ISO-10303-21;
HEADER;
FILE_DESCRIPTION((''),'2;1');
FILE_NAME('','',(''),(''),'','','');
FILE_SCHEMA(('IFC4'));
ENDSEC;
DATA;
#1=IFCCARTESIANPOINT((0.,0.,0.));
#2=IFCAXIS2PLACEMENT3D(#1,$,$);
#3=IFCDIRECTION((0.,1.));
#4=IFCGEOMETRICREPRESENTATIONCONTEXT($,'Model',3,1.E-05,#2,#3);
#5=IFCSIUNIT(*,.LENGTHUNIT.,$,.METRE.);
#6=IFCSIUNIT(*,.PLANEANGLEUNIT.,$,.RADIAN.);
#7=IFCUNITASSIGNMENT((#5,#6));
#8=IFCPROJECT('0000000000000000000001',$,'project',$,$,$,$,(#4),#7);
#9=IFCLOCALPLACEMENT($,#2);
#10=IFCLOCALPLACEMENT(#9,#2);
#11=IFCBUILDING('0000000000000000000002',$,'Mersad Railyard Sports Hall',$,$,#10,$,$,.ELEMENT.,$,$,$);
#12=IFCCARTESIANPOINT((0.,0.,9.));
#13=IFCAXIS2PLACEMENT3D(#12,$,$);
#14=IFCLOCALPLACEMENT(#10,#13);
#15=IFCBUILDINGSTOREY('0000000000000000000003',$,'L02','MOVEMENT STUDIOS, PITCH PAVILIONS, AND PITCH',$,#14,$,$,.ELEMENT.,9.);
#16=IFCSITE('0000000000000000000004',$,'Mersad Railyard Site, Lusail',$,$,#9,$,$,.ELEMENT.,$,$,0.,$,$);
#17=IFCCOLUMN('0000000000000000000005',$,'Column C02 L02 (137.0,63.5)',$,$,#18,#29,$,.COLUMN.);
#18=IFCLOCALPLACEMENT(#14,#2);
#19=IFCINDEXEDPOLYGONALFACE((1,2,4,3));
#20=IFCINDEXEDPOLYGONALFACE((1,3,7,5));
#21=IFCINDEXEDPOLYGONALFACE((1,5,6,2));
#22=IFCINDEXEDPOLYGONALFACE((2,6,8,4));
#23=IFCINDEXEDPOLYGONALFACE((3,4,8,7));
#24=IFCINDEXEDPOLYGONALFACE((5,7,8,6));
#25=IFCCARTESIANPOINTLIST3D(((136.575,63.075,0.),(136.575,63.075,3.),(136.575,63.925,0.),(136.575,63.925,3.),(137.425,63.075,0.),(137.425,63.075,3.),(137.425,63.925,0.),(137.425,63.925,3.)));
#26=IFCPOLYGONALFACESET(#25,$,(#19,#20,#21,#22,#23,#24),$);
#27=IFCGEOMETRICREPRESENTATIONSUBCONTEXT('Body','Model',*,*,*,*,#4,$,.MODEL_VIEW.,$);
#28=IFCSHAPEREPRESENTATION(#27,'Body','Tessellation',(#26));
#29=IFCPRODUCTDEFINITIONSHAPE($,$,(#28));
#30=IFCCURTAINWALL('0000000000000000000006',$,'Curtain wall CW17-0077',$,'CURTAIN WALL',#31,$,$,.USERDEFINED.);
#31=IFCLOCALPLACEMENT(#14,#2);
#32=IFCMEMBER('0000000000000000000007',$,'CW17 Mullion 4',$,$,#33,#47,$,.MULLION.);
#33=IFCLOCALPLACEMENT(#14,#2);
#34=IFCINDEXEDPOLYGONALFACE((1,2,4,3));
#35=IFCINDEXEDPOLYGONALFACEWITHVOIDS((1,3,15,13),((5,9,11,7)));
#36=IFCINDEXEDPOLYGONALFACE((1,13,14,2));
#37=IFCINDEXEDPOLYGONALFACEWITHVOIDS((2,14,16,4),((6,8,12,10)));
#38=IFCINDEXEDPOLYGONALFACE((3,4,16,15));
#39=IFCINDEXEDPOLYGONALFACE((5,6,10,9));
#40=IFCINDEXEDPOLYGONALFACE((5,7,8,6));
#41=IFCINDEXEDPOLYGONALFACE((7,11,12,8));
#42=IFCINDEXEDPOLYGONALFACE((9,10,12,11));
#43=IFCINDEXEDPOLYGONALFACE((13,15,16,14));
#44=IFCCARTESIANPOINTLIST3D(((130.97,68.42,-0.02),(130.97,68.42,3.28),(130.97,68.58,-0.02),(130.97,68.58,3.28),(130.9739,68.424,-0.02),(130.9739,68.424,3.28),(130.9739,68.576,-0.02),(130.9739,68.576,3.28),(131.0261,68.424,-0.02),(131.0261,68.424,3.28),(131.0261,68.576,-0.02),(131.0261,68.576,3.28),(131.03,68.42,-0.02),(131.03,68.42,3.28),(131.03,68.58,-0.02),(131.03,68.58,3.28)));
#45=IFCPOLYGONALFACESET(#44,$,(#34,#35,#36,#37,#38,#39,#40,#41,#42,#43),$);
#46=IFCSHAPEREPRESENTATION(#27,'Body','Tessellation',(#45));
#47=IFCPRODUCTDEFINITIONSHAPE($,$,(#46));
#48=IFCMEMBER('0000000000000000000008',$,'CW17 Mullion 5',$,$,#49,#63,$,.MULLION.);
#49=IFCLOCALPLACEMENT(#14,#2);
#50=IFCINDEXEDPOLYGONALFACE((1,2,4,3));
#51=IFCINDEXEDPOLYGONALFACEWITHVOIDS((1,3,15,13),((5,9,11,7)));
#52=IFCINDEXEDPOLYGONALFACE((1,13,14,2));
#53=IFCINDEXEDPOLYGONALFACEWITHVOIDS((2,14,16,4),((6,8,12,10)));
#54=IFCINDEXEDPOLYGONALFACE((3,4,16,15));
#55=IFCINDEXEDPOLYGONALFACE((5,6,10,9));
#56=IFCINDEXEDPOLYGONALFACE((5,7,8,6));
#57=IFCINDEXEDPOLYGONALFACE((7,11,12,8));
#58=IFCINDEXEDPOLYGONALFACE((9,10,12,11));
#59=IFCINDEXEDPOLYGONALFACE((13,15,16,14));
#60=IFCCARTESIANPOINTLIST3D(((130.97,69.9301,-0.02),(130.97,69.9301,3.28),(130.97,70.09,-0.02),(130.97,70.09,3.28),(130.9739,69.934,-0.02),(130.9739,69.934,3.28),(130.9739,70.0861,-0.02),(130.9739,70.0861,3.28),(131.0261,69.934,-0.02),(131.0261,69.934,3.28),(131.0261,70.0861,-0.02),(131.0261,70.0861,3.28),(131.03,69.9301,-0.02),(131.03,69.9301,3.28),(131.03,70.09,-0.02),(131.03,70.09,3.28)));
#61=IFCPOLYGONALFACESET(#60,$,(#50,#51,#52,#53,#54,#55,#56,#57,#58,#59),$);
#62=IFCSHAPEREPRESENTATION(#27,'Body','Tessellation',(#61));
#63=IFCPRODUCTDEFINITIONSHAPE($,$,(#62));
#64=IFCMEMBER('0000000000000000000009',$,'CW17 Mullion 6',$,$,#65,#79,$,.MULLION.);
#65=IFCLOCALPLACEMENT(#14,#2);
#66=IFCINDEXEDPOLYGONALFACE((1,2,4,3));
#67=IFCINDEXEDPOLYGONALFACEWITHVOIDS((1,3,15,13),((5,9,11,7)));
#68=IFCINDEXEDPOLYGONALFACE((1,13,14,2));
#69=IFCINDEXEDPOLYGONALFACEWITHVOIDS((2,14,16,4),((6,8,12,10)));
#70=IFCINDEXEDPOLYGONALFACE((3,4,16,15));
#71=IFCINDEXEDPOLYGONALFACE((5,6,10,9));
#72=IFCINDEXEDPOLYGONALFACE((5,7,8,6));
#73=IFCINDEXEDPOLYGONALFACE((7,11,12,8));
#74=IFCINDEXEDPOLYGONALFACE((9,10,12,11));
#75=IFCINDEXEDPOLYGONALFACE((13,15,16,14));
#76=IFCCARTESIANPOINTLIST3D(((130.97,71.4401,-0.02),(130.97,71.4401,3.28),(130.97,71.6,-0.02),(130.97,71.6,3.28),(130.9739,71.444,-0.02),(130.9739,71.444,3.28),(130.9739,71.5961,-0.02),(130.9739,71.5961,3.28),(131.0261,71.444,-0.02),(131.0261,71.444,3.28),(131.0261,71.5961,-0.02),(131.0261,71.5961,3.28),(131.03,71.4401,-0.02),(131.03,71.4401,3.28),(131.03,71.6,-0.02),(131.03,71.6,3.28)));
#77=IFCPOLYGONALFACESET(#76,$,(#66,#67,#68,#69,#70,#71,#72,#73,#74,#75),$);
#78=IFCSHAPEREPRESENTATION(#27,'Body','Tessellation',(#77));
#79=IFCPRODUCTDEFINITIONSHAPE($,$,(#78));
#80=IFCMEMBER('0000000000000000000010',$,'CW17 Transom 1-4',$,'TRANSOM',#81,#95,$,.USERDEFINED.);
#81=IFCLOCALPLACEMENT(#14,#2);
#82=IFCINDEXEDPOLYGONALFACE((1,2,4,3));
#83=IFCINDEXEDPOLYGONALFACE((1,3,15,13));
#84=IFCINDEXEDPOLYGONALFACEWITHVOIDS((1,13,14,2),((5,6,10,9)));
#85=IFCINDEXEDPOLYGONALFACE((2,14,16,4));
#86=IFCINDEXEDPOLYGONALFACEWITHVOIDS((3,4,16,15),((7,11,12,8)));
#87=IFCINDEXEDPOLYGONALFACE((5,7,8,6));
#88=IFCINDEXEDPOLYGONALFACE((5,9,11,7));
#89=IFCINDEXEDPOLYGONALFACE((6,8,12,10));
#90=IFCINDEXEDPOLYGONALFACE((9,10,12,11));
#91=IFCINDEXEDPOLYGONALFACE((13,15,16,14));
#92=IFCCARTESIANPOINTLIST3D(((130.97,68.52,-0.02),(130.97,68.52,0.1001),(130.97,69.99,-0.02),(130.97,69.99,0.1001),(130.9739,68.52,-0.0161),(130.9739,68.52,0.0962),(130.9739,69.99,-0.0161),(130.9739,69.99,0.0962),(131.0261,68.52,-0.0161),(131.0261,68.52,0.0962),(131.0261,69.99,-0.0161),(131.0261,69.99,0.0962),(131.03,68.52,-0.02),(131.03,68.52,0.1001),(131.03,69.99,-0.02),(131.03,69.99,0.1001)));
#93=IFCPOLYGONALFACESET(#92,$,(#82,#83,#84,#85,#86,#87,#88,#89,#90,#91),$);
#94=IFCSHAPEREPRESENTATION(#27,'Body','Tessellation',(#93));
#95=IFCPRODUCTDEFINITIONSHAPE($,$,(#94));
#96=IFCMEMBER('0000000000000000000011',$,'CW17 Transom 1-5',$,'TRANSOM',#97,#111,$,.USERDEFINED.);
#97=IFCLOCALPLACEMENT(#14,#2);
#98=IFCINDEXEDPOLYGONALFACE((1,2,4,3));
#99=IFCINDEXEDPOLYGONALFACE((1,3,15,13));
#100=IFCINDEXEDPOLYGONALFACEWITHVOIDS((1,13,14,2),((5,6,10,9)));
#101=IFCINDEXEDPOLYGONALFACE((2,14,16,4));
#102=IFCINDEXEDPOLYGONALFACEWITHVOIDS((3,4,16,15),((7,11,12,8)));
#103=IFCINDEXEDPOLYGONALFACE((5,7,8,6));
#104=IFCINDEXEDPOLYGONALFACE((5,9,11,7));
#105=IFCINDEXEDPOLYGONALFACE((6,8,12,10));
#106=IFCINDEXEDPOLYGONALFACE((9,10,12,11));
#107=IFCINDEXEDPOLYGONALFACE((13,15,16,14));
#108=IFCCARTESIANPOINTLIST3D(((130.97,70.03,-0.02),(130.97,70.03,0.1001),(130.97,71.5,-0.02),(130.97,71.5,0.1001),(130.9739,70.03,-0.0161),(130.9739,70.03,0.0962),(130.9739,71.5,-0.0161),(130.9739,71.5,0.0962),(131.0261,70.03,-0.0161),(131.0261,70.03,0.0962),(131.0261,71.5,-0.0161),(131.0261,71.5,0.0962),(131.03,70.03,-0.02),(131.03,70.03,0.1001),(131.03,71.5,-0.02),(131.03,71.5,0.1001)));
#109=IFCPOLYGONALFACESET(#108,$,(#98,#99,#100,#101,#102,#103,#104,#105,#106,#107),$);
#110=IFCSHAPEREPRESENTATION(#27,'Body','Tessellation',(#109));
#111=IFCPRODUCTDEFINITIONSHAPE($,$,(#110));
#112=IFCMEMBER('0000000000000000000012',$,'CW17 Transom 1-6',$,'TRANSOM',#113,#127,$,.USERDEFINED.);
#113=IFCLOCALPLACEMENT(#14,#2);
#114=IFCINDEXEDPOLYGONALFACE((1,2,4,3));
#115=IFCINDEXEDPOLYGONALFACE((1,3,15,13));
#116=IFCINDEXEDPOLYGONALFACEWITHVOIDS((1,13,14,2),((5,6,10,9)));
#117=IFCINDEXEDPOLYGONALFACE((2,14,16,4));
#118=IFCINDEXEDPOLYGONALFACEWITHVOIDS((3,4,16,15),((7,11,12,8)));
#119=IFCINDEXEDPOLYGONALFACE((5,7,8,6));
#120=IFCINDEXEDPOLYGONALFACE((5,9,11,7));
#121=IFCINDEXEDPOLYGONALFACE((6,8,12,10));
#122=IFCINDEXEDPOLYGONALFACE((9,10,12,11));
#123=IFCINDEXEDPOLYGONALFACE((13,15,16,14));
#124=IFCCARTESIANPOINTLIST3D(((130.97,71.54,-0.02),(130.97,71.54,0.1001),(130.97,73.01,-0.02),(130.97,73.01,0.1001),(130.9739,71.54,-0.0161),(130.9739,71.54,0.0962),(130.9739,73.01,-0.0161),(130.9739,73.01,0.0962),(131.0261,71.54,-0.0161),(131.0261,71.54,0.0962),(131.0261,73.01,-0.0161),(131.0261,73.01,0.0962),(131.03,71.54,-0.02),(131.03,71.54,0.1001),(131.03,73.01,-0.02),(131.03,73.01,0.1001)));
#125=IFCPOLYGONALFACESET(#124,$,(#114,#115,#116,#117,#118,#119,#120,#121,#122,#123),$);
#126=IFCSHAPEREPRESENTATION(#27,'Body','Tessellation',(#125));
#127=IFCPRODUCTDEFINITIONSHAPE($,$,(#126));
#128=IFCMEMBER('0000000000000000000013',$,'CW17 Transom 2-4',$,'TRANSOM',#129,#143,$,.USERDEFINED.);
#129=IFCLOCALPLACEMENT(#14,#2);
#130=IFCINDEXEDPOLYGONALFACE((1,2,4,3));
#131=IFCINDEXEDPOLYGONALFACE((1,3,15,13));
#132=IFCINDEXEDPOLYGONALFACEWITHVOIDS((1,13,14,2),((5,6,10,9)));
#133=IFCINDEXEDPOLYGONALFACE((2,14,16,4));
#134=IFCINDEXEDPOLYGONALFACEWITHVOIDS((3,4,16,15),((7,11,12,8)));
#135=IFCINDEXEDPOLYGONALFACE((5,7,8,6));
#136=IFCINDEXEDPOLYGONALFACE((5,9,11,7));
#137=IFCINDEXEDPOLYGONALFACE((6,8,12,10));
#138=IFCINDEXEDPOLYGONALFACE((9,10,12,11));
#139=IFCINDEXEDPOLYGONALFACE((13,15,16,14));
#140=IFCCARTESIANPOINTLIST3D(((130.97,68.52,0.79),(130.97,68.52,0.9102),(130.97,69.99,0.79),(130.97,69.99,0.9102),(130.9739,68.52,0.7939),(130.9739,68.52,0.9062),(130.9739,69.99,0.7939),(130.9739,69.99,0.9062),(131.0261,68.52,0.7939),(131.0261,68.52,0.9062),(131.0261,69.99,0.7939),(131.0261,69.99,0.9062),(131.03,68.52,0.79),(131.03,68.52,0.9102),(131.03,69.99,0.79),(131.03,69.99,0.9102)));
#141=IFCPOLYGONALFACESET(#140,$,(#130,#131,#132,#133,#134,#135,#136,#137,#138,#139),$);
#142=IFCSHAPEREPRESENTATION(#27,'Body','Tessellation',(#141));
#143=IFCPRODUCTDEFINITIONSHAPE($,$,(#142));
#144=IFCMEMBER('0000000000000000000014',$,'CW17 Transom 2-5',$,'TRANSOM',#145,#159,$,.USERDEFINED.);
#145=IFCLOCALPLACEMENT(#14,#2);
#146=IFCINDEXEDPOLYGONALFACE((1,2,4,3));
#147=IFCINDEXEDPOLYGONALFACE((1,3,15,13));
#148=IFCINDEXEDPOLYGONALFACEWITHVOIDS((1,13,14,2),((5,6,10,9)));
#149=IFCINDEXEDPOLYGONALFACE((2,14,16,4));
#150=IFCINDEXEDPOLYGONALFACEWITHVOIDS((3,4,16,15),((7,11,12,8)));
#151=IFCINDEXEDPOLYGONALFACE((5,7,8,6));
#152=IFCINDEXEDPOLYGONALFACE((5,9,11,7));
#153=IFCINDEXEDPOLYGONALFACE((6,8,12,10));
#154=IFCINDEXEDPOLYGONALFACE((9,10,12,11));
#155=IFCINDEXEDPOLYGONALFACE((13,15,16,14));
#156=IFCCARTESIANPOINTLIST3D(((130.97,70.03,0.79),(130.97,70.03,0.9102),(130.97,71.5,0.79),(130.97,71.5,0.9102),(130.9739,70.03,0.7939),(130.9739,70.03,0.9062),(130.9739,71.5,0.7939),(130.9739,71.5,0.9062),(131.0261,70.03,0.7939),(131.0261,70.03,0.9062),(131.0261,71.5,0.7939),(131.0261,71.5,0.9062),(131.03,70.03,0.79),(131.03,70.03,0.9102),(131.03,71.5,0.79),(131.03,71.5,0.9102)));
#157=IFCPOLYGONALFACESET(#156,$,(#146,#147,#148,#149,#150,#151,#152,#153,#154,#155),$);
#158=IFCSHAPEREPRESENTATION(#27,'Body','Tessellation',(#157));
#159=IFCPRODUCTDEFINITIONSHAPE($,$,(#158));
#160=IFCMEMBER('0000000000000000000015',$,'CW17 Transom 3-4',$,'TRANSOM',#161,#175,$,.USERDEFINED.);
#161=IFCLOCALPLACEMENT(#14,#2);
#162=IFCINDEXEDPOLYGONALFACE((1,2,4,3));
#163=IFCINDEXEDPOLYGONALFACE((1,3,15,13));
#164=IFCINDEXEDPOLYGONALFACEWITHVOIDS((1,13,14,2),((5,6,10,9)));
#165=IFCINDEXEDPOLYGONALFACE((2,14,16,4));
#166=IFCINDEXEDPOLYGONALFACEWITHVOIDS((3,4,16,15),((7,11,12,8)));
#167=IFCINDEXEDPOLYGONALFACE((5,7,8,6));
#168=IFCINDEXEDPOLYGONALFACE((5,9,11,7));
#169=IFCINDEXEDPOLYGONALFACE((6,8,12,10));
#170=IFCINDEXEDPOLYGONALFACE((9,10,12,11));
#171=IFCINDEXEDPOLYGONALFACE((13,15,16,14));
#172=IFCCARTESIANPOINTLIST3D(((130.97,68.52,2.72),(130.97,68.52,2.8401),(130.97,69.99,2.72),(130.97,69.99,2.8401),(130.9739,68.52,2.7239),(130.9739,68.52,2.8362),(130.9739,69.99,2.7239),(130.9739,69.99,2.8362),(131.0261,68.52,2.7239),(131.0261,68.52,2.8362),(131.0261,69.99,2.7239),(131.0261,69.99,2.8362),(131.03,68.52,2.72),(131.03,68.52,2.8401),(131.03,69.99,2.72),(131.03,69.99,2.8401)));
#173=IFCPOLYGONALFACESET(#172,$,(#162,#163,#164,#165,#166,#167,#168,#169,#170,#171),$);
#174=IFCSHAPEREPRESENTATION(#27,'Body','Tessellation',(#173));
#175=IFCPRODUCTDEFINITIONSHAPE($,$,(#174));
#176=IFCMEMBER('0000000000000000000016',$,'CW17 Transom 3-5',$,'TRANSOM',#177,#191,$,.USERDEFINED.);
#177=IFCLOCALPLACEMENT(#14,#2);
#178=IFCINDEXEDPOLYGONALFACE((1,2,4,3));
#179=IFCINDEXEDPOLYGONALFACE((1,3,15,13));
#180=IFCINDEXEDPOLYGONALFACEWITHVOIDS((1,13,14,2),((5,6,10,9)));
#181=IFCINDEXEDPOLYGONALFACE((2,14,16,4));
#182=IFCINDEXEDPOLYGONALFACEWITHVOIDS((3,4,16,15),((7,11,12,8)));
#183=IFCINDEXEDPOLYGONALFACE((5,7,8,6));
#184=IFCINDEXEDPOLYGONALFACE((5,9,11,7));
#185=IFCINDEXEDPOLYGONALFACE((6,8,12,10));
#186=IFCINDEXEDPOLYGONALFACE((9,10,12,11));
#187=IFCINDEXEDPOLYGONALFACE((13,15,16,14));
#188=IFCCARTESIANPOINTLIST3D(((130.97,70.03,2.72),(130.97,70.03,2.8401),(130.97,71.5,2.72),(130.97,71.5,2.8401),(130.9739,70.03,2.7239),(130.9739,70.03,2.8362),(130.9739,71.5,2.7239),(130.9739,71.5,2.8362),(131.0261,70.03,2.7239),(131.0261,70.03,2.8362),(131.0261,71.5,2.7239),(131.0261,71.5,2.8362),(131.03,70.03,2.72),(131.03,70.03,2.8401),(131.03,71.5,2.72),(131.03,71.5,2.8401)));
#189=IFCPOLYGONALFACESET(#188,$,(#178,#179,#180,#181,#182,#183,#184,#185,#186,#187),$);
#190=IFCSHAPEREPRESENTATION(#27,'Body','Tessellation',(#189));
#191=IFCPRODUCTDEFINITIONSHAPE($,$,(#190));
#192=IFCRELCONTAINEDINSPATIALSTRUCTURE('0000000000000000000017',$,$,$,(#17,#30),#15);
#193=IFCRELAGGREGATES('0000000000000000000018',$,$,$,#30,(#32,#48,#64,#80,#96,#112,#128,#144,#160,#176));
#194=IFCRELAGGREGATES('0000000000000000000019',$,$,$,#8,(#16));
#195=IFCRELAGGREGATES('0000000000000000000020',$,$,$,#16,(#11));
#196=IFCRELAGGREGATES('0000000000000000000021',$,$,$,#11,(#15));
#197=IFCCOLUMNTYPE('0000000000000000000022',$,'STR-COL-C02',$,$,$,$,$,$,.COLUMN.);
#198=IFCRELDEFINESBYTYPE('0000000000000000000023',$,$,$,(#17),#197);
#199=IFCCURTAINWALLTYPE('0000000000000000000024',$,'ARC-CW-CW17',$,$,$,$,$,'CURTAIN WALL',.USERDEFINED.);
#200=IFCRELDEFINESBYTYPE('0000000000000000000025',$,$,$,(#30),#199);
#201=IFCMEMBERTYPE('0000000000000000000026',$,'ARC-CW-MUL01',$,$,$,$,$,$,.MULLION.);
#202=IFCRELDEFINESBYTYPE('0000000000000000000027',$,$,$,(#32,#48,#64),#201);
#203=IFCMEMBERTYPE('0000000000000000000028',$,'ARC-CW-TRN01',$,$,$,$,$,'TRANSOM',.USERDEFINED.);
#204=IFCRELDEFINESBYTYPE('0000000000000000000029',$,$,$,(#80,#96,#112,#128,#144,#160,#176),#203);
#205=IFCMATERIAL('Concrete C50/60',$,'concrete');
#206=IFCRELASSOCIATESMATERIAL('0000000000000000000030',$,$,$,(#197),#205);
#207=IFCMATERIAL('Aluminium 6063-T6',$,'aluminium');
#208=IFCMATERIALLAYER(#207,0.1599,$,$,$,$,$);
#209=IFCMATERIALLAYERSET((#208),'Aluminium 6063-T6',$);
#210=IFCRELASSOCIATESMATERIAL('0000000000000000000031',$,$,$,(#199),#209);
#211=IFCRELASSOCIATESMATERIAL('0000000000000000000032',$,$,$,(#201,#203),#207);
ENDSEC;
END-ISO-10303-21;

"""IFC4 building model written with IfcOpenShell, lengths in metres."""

from ifc_helpers import new_model, si_unit, direction, frame, origin, origin_2d, place, context, subcontext, project, spatial, rectangle, hollow_rectangle, extrude, material, layer, layer_set, material_profile, profile_set, type_object, element, aggregate, save


model = new_model("IFC4")

# Units and contexts
model_context = context("Model", 3, precision=1e-05, world=origin(), true_north=direction((0.0, 1.0)))
body_context = subcontext(model_context, "Body", "Model", "MODEL_VIEW")
ifc_project = project(units=[si_unit("LENGTHUNIT", "METRE"), si_unit("PLANEANGLEUNIT", "RADIAN")], contexts=[model_context])

# Site, building, storey
site_placement = place(None, origin())
site = spatial("IfcSite", under=ifc_project, at=site_placement, Name="Mersad Railyard Site, Lusail", CompositionType="ELEMENT", RefElevation=0.0)
building_placement = place(site_placement, origin())
building = spatial("IfcBuilding", under=site, at=building_placement, Name="Mersad Railyard Sports Hall", CompositionType="ELEMENT")
storey_placement = place(building_placement, frame((0.0, 0.0, 9.0)))
storey = spatial("IfcBuildingStorey", under=building, at=storey_placement, Name="L02", Description="MOVEMENT STUDIOS, PITCH PAVILIONS, AND PITCH", CompositionType="ELEMENT", Elevation=9.0)

# Column
ifc_material_1 = material(Name="Concrete C50/60", Category="concrete")
ifc_material_profile_1 = material_profile(ifc_material_1, rectangle(XDim=0.8501, YDim=0.8501, at=origin_2d()), Name="RC 850x850")
ifc_profile_set_1 = profile_set([ifc_material_profile_1], Name="Concrete C50/60")
column_type = type_object("IfcColumnType", Name="STR-COL-C02", PredefinedType="COLUMN", material=ifc_profile_set_1)
column_placement = place(storey_placement, frame((137.0, 63.5, 0.0), z_axis=(0.0, 0.0, 1.0), x_axis=(1.0, 0.0, 0.0)))
element("IfcColumn", 1, at=column_placement, inside=storey, type_object=column_type, Name="Column C02 L02 (137.0,63.5)", PredefinedType="COLUMN", context=body_context, shape_type="SweptSolid", body=[
    extrude(rectangle(XDim=0.8501, YDim=0.8501, at=origin_2d()), origin(), (0.0, 0.0, 1.0), 3.0),
])

# Curtain wall, members
ifc_material_2 = material(Name="Aluminium 6063-T6", Category="aluminium")
ifc_layer_1 = layer(ifc_material_2, 0.1599)
ifc_layer_set_1 = layer_set([ifc_layer_1], Name="Aluminium 6063-T6")
curtain_wall_type = type_object("IfcCurtainWallType", Name="ARC-CW-CW17", ElementType="CURTAIN WALL", PredefinedType="USERDEFINED", material=ifc_layer_set_1)
curtain_wall_placement = place(storey_placement, origin())
curtain_wall = element("IfcCurtainWall", 2, at=curtain_wall_placement, inside=storey, type_object=curtain_wall_type, Name="Curtain wall CW17-0077", ObjectType="CURTAIN WALL", PredefinedType="USERDEFINED")
ifc_material_profile_2 = material_profile(ifc_material_2, hollow_rectangle(XDim=0.0601, YDim=0.1599, WallThickness=0.0039, at=origin_2d()), Name="AL MULLION 60x160x4")
ifc_profile_set_2 = profile_set([ifc_material_profile_2], Name="Aluminium 6063-T6")
member_type_1 = type_object("IfcMemberType", Name="ARC-CW-MUL01", PredefinedType="MULLION", material=ifc_profile_set_2)
member_1_placement = place(storey_placement, frame((131.0, 68.5, -0.02), z_axis=(0.0, 0.0, 1.0), x_axis=(1.0, 0.0, 0.0)))
member_1 = element("IfcMember", 3, at=member_1_placement, type_object=member_type_1, Name="CW17 Mullion 4", PredefinedType="MULLION", context=body_context, shape_type="SweptSolid", body=[
    extrude(hollow_rectangle(XDim=0.0601, YDim=0.1599, WallThickness=0.0039, at=origin_2d()), origin(), (0.0, 0.0, 1.0), 3.3),
])
member_2_placement = place(storey_placement, frame((131.0, 70.01, -0.02), z_axis=(0.0, 0.0, 1.0), x_axis=(1.0, 0.0, 0.0)))
member_2 = element("IfcMember", 4, at=member_2_placement, type_object=member_type_1, Name="CW17 Mullion 5", PredefinedType="MULLION", context=body_context, shape_type="SweptSolid", body=[
    extrude(hollow_rectangle(XDim=0.0601, YDim=0.1599, WallThickness=0.0039, at=origin_2d()), origin(), (0.0, 0.0, 1.0), 3.3),
])
member_3_placement = place(storey_placement, frame((131.0, 71.52, -0.02), z_axis=(0.0, 0.0, 1.0), x_axis=(1.0, 0.0, 0.0)))
member_3 = element("IfcMember", 5, at=member_3_placement, type_object=member_type_1, Name="CW17 Mullion 6", PredefinedType="MULLION", context=body_context, shape_type="SweptSolid", body=[
    extrude(hollow_rectangle(XDim=0.0601, YDim=0.1599, WallThickness=0.0039, at=origin_2d()), origin(), (0.0, 0.0, 1.0), 3.3),
])
ifc_material_profile_3 = material_profile(ifc_material_2, hollow_rectangle(XDim=0.0601, YDim=0.1201, WallThickness=0.0039, at=origin_2d()), Name="AL TRANSOM 60x120x4")
ifc_profile_set_3 = profile_set([ifc_material_profile_3], Name="Aluminium 6063-T6")
member_type_2 = type_object("IfcMemberType", Name="ARC-CW-TRN01", ElementType="TRANSOM", PredefinedType="USERDEFINED", material=ifc_profile_set_3)
member_4_placement = place(storey_placement, frame((131.0, 68.52, 0.04), z_axis=(0.0, 1.0, 0.0), x_axis=(-1.0, 0.0, 0.0)))
member_4 = element("IfcMember", 6, at=member_4_placement, type_object=member_type_2, Name="CW17 Transom 1-4", ObjectType="TRANSOM", PredefinedType="USERDEFINED", context=body_context, shape_type="SweptSolid", body=[
    extrude(hollow_rectangle(XDim=0.0601, YDim=0.1201, WallThickness=0.0039, at=origin_2d()), origin(), (0.0, 0.0, 1.0), 1.47),
])
member_5_placement = place(storey_placement, frame((131.0, 70.03, 0.04), z_axis=(0.0, 1.0, 0.0), x_axis=(-1.0, 0.0, 0.0)))
member_5 = element("IfcMember", 7, at=member_5_placement, type_object=member_type_2, Name="CW17 Transom 1-5", ObjectType="TRANSOM", PredefinedType="USERDEFINED", context=body_context, shape_type="SweptSolid", body=[
    extrude(hollow_rectangle(XDim=0.0601, YDim=0.1201, WallThickness=0.0039, at=origin_2d()), origin(), (0.0, 0.0, 1.0), 1.47),
])
member_6_placement = place(storey_placement, frame((131.0, 71.54, 0.04), z_axis=(0.0, 1.0, 0.0), x_axis=(-1.0, 0.0, 0.0)))
member_6 = element("IfcMember", 8, at=member_6_placement, type_object=member_type_2, Name="CW17 Transom 1-6", ObjectType="TRANSOM", PredefinedType="USERDEFINED", context=body_context, shape_type="SweptSolid", body=[
    extrude(hollow_rectangle(XDim=0.0601, YDim=0.1201, WallThickness=0.0039, at=origin_2d()), origin(), (0.0, 0.0, 1.0), 1.47),
])
member_7_placement = place(storey_placement, frame((131.0, 68.52, 0.8501), z_axis=(0.0, 1.0, 0.0), x_axis=(-1.0, 0.0, 0.0)))
member_7 = element("IfcMember", 9, at=member_7_placement, type_object=member_type_2, Name="CW17 Transom 2-4", ObjectType="TRANSOM", PredefinedType="USERDEFINED", context=body_context, shape_type="SweptSolid", body=[
    extrude(hollow_rectangle(XDim=0.0601, YDim=0.1201, WallThickness=0.0039, at=origin_2d()), origin(), (0.0, 0.0, 1.0), 1.47),
])
member_8_placement = place(storey_placement, frame((131.0, 70.03, 0.8501), z_axis=(0.0, 1.0, 0.0), x_axis=(-1.0, 0.0, 0.0)))
member_8 = element("IfcMember", 10, at=member_8_placement, type_object=member_type_2, Name="CW17 Transom 2-5", ObjectType="TRANSOM", PredefinedType="USERDEFINED", context=body_context, shape_type="SweptSolid", body=[
    extrude(hollow_rectangle(XDim=0.0601, YDim=0.1201, WallThickness=0.0039, at=origin_2d()), origin(), (0.0, 0.0, 1.0), 1.47),
])
member_9_placement = place(storey_placement, frame((131.0, 68.52, 2.78), z_axis=(0.0, 1.0, 0.0), x_axis=(-1.0, 0.0, 0.0)))
member_9 = element("IfcMember", 11, at=member_9_placement, type_object=member_type_2, Name="CW17 Transom 3-4", ObjectType="TRANSOM", PredefinedType="USERDEFINED", context=body_context, shape_type="SweptSolid", body=[
    extrude(hollow_rectangle(XDim=0.0601, YDim=0.1201, WallThickness=0.0039, at=origin_2d()), origin(), (0.0, 0.0, 1.0), 1.47),
])
member_10_placement = place(storey_placement, frame((131.0, 70.03, 2.78), z_axis=(0.0, 1.0, 0.0), x_axis=(-1.0, 0.0, 0.0)))
member_10 = element("IfcMember", 12, at=member_10_placement, type_object=member_type_2, Name="CW17 Transom 3-5", ObjectType="TRANSOM", PredefinedType="USERDEFINED", context=body_context, shape_type="SweptSolid", body=[
    extrude(hollow_rectangle(XDim=0.0601, YDim=0.1201, WallThickness=0.0039, at=origin_2d()), origin(), (0.0, 0.0, 1.0), 1.47),
])

aggregate(curtain_wall, [member_1, member_2, member_3, member_4, member_5, member_6, member_7, member_8, member_9, member_10])

save(model, "model.ifc")
